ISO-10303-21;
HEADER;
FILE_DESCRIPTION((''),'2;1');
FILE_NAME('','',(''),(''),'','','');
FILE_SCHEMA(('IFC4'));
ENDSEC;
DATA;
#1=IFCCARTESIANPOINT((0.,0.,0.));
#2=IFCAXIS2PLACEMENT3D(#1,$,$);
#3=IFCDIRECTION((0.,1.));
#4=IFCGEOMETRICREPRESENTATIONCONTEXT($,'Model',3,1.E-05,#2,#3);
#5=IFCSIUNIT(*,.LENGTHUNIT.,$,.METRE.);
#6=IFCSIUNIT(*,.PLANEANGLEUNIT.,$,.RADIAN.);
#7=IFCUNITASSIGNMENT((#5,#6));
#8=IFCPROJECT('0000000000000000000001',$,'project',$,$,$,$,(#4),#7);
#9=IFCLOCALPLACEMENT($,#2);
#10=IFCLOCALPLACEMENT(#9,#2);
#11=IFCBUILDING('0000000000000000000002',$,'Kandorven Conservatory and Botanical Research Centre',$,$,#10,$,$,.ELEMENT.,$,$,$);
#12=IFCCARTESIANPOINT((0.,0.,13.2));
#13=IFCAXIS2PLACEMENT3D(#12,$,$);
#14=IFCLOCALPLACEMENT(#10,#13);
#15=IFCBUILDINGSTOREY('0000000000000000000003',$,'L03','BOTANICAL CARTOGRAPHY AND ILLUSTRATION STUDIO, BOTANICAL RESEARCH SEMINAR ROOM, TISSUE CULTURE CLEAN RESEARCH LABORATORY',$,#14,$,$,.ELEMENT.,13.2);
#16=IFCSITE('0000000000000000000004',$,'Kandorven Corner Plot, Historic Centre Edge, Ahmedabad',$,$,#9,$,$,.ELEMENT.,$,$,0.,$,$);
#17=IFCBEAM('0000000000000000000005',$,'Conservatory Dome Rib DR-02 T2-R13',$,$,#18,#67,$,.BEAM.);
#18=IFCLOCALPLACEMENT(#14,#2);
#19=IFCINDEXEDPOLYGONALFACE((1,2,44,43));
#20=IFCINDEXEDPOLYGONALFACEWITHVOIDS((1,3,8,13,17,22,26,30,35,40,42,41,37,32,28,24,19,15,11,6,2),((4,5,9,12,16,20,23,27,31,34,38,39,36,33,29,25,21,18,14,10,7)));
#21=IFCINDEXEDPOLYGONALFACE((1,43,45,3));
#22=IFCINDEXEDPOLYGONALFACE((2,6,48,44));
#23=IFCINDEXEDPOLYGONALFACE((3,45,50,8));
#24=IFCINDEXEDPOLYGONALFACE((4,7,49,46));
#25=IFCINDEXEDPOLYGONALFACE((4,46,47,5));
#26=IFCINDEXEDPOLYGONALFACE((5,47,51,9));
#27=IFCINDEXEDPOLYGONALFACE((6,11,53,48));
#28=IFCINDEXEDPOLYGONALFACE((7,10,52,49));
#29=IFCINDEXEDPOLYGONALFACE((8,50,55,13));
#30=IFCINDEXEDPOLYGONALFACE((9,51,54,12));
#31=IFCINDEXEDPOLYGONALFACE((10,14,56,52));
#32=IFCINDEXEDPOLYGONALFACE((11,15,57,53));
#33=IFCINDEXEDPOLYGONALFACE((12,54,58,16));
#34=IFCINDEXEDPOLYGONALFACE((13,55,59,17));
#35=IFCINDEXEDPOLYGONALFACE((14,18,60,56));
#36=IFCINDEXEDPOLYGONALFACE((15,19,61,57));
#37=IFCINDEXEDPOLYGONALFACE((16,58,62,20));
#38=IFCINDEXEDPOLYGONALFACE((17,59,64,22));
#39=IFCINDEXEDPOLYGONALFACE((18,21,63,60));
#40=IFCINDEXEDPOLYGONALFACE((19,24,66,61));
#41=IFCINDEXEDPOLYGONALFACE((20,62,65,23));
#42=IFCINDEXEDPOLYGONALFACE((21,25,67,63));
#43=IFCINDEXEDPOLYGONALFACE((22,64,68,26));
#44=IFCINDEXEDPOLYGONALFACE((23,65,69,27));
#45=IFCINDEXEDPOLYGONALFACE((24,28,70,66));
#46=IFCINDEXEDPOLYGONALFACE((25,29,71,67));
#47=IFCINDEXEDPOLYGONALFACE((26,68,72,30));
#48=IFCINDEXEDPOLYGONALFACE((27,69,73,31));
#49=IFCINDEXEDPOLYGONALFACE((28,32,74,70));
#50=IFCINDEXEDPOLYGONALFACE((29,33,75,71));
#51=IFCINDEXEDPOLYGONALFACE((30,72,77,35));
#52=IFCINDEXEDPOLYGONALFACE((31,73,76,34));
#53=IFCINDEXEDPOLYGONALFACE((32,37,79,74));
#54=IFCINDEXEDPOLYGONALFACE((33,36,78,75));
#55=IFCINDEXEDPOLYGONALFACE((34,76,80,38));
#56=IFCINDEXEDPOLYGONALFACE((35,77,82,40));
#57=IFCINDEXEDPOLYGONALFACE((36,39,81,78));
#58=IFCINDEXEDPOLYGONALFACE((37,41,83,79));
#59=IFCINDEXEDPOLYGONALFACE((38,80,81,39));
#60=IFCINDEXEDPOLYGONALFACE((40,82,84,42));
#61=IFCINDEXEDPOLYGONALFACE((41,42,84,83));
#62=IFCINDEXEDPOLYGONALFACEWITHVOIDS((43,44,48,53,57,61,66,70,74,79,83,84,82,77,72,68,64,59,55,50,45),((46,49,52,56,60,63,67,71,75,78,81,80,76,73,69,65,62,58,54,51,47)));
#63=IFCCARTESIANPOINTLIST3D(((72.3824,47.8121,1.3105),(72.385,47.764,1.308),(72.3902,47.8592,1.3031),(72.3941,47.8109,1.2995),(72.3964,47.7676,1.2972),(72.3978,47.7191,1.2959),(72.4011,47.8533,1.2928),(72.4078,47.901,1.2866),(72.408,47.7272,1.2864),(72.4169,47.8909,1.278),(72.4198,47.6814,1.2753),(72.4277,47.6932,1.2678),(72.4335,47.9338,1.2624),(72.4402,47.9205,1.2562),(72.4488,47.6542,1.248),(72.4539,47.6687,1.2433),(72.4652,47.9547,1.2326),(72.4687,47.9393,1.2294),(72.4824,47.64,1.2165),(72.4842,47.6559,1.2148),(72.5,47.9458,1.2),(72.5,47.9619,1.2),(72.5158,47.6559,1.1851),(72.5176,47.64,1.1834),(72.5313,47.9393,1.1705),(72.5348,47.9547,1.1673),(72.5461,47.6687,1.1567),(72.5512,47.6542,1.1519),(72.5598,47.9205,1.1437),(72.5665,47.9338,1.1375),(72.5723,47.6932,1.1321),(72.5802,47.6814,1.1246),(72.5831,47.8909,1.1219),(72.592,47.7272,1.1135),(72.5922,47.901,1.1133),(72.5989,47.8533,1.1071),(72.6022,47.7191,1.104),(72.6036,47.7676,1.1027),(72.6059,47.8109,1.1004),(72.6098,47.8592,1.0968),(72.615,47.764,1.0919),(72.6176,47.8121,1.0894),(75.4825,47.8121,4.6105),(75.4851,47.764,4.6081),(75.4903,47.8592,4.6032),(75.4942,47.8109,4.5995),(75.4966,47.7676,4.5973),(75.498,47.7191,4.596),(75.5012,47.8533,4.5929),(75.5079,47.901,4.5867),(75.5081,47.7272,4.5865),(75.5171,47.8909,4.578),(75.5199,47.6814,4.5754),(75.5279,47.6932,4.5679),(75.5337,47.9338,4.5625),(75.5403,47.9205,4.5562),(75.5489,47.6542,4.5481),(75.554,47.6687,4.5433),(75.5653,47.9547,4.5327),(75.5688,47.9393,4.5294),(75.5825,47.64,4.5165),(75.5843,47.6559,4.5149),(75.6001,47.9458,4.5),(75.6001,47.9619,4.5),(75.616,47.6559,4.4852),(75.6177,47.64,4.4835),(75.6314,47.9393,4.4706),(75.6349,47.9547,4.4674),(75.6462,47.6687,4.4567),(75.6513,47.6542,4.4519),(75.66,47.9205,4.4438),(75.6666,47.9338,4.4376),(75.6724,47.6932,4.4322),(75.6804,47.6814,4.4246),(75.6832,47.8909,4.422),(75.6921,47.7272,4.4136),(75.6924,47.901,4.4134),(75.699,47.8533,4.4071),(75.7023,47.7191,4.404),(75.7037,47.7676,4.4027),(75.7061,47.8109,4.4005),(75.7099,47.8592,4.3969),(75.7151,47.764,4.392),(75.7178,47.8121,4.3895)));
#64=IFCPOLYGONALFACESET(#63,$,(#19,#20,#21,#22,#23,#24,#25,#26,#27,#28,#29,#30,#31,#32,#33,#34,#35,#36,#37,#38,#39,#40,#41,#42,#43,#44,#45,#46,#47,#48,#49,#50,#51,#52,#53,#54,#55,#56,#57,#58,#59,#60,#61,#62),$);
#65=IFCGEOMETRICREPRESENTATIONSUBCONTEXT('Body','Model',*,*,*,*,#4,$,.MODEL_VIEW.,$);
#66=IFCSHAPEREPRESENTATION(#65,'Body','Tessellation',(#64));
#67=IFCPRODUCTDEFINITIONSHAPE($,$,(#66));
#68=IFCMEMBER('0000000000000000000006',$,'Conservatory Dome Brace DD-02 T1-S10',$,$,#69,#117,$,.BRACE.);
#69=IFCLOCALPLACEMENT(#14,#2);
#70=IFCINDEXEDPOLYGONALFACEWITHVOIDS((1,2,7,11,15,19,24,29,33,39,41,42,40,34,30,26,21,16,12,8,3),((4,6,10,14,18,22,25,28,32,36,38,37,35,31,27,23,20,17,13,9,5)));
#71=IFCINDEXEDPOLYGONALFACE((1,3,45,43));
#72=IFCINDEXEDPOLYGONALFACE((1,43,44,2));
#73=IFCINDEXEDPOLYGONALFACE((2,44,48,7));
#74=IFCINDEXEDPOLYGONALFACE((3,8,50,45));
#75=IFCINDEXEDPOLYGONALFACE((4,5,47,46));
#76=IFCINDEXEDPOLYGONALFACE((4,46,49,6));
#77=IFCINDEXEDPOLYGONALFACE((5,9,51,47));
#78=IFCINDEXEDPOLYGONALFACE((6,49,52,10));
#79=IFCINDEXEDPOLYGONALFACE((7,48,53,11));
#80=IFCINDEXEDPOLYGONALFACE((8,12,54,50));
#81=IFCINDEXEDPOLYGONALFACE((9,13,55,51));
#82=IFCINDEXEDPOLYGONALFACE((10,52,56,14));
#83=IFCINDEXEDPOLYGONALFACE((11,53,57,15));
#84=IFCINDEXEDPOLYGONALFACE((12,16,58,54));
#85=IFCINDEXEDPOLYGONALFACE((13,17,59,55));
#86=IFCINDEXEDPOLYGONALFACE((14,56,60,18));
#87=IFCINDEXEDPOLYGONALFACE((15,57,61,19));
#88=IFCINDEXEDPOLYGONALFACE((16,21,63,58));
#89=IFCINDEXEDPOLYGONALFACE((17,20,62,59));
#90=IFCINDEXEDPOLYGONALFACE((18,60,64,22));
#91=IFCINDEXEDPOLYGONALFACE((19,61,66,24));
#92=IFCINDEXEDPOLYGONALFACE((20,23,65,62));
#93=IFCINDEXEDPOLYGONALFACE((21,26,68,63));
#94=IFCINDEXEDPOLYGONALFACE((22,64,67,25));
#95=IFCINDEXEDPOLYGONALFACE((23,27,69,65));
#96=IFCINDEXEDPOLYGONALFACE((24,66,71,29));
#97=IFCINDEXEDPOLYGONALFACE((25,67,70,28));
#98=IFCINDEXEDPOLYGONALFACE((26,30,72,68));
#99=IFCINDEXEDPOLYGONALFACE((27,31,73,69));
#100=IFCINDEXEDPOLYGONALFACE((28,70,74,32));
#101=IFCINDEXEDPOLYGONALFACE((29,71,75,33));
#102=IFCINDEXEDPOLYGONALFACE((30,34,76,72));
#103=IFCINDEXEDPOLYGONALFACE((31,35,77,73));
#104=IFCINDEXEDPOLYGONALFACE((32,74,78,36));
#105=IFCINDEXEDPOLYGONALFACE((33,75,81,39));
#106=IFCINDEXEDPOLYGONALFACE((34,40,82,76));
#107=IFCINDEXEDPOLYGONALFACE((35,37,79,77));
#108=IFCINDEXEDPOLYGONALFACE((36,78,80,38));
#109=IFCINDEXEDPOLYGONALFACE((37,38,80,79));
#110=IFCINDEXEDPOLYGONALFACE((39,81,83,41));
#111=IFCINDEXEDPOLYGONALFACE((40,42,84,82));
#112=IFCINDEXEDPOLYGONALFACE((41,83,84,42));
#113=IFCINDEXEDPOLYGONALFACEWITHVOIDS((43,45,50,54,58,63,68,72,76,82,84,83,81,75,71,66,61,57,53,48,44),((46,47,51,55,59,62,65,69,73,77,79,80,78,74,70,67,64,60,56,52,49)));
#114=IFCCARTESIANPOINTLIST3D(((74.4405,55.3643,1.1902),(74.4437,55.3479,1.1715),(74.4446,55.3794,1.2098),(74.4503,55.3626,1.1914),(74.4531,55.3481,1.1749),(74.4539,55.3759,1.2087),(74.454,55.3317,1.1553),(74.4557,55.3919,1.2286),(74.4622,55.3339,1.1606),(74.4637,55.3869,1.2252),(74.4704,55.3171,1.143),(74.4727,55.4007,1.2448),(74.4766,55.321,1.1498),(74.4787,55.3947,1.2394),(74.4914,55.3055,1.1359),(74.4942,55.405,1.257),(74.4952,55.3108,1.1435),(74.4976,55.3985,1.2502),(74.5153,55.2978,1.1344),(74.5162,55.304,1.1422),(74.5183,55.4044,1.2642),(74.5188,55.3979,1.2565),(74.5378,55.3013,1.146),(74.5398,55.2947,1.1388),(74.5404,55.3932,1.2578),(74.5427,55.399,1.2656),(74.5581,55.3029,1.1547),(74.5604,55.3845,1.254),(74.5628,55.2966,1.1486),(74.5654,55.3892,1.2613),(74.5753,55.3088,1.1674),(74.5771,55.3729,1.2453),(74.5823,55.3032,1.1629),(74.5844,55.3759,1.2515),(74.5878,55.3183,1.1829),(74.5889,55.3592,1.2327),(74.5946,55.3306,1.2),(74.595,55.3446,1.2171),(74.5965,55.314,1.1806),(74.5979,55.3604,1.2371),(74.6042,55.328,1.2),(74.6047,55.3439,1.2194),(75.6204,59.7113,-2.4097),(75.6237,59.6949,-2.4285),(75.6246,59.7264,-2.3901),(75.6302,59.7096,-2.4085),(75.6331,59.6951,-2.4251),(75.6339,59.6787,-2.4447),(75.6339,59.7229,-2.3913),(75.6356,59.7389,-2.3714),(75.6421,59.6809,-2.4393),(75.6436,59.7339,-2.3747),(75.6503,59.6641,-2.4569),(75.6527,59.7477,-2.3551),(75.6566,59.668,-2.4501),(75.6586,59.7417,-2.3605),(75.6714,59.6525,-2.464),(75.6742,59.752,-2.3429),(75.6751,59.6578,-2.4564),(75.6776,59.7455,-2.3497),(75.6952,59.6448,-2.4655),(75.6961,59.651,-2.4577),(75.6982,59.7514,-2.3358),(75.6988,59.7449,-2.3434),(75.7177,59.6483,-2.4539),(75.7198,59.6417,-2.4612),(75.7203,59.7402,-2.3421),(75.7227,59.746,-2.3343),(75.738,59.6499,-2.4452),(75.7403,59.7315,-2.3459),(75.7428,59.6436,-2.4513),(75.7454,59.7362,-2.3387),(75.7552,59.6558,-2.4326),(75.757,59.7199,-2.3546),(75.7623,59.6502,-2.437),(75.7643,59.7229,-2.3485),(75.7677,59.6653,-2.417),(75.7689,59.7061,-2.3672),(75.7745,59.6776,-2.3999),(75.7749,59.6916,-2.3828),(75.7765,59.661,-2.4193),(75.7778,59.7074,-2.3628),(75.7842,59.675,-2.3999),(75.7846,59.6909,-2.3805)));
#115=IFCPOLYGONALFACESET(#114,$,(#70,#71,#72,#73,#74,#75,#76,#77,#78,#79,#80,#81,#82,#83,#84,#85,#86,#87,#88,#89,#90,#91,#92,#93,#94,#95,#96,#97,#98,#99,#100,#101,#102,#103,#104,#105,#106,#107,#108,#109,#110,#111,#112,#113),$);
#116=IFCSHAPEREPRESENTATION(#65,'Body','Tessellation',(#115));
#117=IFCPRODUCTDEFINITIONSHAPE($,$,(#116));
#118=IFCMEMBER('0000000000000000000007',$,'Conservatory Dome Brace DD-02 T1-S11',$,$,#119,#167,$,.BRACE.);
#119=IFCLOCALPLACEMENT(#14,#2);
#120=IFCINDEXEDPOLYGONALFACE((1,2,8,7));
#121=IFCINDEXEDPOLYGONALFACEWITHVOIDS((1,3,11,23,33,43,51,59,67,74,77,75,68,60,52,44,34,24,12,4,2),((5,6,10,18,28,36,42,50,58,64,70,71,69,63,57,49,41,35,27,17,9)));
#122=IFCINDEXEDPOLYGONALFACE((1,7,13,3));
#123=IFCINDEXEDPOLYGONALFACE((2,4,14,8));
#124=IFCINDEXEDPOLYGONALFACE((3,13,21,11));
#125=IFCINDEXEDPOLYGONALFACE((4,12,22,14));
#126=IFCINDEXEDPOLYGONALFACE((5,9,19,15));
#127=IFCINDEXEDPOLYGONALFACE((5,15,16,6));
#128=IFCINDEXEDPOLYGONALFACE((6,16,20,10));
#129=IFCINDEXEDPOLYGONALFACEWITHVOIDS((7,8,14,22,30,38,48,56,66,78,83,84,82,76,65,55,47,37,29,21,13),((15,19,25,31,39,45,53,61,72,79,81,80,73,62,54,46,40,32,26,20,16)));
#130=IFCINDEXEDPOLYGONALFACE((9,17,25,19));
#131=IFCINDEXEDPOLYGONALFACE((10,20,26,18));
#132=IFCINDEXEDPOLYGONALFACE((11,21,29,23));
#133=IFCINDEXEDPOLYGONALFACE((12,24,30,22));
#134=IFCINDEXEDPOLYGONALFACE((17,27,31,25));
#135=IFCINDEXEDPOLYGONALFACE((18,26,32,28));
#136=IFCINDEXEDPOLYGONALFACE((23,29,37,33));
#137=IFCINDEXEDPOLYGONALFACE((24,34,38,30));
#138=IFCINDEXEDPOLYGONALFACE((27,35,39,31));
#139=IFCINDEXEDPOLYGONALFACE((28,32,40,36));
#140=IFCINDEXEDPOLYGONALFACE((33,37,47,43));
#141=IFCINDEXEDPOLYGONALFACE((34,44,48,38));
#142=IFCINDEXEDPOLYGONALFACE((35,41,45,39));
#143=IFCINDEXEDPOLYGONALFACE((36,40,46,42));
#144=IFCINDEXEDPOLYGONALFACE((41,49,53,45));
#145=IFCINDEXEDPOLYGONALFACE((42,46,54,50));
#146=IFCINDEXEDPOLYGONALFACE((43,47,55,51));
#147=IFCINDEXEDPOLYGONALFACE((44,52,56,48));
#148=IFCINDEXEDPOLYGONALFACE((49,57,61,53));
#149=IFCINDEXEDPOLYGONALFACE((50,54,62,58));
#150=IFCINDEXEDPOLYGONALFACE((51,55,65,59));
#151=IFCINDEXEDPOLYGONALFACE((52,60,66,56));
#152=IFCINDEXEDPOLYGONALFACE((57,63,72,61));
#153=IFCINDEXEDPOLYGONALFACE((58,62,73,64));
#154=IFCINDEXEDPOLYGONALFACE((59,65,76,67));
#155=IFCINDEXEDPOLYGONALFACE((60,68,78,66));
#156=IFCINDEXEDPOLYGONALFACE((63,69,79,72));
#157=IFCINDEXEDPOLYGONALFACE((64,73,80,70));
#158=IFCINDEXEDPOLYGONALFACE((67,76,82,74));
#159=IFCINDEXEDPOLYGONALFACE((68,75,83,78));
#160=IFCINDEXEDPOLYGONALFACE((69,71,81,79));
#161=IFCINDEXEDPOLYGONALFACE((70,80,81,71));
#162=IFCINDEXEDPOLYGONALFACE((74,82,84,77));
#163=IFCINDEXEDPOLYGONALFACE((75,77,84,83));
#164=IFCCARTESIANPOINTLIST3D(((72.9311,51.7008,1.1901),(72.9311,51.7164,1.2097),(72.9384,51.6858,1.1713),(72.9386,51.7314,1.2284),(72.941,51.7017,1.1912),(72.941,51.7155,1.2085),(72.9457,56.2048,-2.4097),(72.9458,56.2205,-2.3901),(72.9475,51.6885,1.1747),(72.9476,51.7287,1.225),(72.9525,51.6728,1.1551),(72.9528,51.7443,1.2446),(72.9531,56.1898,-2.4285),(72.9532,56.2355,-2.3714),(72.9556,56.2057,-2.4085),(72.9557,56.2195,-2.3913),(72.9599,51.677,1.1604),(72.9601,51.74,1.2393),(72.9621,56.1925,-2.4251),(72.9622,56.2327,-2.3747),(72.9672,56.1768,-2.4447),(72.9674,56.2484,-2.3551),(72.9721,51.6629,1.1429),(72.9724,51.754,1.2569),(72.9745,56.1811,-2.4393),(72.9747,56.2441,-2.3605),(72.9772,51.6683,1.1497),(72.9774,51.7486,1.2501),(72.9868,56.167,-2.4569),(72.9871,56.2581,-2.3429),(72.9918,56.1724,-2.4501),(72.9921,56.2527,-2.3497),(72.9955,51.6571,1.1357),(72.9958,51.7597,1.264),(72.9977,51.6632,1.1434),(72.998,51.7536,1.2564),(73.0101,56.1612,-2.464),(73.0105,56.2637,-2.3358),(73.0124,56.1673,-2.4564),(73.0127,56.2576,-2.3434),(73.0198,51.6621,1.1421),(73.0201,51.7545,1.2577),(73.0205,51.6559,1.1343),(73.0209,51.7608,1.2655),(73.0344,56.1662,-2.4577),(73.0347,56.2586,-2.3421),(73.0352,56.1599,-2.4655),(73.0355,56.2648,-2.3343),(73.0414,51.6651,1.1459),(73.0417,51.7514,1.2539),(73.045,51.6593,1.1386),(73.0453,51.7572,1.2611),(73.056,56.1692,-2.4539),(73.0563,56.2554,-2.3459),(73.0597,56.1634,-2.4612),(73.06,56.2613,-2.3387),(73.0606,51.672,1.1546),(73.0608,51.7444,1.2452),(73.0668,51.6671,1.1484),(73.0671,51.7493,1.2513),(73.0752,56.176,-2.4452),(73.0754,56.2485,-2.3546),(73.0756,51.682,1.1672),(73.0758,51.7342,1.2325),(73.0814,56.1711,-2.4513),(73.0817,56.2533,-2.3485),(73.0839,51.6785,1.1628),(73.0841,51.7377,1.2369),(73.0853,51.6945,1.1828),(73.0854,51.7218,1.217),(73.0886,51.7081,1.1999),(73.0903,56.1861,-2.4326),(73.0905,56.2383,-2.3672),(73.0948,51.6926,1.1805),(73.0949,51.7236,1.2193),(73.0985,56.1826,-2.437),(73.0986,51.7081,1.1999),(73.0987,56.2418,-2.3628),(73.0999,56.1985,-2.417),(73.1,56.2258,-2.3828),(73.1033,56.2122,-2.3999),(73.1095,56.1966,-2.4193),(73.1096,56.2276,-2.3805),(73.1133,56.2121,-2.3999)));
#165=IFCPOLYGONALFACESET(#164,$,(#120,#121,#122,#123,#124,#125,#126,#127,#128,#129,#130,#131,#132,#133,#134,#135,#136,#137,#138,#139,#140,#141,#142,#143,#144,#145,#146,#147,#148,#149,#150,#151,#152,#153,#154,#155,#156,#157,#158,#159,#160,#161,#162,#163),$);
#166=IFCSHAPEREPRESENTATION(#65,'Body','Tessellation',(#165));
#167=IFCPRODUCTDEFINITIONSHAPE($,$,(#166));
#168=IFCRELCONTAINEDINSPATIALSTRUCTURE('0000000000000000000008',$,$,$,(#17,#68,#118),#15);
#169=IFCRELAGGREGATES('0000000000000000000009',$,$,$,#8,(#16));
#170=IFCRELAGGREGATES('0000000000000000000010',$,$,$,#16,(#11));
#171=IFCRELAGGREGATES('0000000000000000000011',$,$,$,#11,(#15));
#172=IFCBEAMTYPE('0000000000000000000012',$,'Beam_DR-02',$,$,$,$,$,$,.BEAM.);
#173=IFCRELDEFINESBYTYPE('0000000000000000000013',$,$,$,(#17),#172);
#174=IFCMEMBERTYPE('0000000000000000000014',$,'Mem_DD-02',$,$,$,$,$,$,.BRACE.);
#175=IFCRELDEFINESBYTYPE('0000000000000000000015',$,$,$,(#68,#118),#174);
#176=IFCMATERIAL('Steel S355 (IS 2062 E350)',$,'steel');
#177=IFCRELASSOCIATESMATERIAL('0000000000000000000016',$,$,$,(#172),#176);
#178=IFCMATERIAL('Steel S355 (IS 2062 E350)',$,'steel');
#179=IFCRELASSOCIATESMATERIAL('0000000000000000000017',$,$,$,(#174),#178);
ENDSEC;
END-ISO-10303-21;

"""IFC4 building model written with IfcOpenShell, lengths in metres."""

from ifc_helpers import new_model, si_unit, direction, frame, origin, origin_2d, place, context, subcontext, project, spatial, hollow_circle, extrude, material, material_profile, profile_set, type_object, element, save


model = new_model("IFC4")

# Units and contexts
model_context = context("Model", 3, precision=1e-05, world=origin(), true_north=direction((0.0, 1.0)))
body_context = subcontext(model_context, "Body", "Model", "MODEL_VIEW")
ifc_project = project(units=[si_unit("LENGTHUNIT", "METRE"), si_unit("PLANEANGLEUNIT", "RADIAN")], contexts=[model_context])

# Site, building, storey
site_placement = place(None, origin())
site = spatial("IfcSite", under=ifc_project, at=site_placement, Name="Kandorven Corner Plot, Historic Centre Edge, Ahmedabad", CompositionType="ELEMENT", RefElevation=0.0)
building_placement = place(site_placement, origin())
building = spatial("IfcBuilding", under=site, at=building_placement, Name="Kandorven Conservatory and Botanical Research Centre", CompositionType="ELEMENT")
storey_placement = place(building_placement, frame((0.0, 0.0, 13.2)))
storey = spatial("IfcBuildingStorey", under=building, at=storey_placement, Name="L03", Description="BOTANICAL CARTOGRAPHY AND ILLUSTRATION STUDIO, BOTANICAL RESEARCH SEMINAR ROOM, TISSUE CULTURE CLEAN RESEARCH LABORATORY", CompositionType="ELEMENT", Elevation=13.2)

# Beam
ifc_material_1 = material(Name="Steel S355 (IS 2062 E350)", Category="steel")
ifc_material_profile_1 = material_profile(ifc_material_1, hollow_circle(Radius=0.1619, WallThickness=0.0161, at=origin_2d()))
ifc_profile_set_1 = profile_set([ifc_material_profile_1], Name="Steel S355 (IS 2062 E350)")
beam_type_1 = type_object("IfcBeamType", Name="Beam_DR-02", PredefinedType="BEAM", material=ifc_profile_set_1)
for number, where, z_axis, x_axis, name in (
    (1, (72.5, 47.8, 1.2), (0.684682, 0.0, 0.728842), (0.0, 1.0, 0.0), "Conservatory Dome Rib DR-02 T2-R13"),
):
    element("IfcBeam", number, at=place(storey_placement, frame(where, z_axis=z_axis, x_axis=x_axis)), inside=storey, type_object=beam_type_1, Name=name, PredefinedType="BEAM", context=body_context, shape_type="SweptSolid", body=[
        extrude(hollow_circle(Radius=0.1619, WallThickness=0.0161, at=origin_2d()), origin(), (0.0, 0.0, 1.0), 4.5278),
    ])

# Members
ifc_material_2 = material(Name="Steel S355 (IS 2062 E350)", Category="steel")
ifc_material_profile_2 = material_profile(ifc_material_2, hollow_circle(Radius=0.0842, WallThickness=0.01, at=origin_2d()))
ifc_profile_set_2 = profile_set([ifc_material_profile_2], Name="Steel S355 (IS 2062 E350)")
member_type_1 = type_object("IfcMemberType", Name="Mem_DD-02", PredefinedType="BRACE", material=ifc_profile_set_2)
member_1_placement = place(storey_placement, frame((75.7029, 59.697, -2.3999), z_axis=(-0.204636, -0.753887, 0.624323), x_axis=(0.965078, -0.261961, 0.0)))
element("IfcMember", 2, at=member_1_placement, inside=storey, type_object=member_type_1, Name="Conservatory Dome Brace DD-02 T1-S10", PredefinedType="BRACE", context=body_context, shape_type="SweptSolid", body=[
    extrude(hollow_circle(Radius=0.0842, WallThickness=0.01, at=origin_2d()), origin(), (0.0, 0.0, 1.0), 5.7661),
])
member_2_placement = place(storey_placement, frame((73.0291, 56.2124, -2.3999), z_axis=(-0.00254, -0.781159, 0.624326), x_axis=(0.999995, -0.003252, 0.0)))
element("IfcMember", 3, at=member_2_placement, inside=storey, type_object=member_type_1, Name="Conservatory Dome Brace DD-02 T1-S11", PredefinedType="BRACE", context=body_context, shape_type="SweptSolid", body=[
    extrude(hollow_circle(Radius=0.0842, WallThickness=0.01, at=origin_2d()), origin(), (0.0, 0.0, 1.0), 5.7659),
])

save(model, "model.ifc")
